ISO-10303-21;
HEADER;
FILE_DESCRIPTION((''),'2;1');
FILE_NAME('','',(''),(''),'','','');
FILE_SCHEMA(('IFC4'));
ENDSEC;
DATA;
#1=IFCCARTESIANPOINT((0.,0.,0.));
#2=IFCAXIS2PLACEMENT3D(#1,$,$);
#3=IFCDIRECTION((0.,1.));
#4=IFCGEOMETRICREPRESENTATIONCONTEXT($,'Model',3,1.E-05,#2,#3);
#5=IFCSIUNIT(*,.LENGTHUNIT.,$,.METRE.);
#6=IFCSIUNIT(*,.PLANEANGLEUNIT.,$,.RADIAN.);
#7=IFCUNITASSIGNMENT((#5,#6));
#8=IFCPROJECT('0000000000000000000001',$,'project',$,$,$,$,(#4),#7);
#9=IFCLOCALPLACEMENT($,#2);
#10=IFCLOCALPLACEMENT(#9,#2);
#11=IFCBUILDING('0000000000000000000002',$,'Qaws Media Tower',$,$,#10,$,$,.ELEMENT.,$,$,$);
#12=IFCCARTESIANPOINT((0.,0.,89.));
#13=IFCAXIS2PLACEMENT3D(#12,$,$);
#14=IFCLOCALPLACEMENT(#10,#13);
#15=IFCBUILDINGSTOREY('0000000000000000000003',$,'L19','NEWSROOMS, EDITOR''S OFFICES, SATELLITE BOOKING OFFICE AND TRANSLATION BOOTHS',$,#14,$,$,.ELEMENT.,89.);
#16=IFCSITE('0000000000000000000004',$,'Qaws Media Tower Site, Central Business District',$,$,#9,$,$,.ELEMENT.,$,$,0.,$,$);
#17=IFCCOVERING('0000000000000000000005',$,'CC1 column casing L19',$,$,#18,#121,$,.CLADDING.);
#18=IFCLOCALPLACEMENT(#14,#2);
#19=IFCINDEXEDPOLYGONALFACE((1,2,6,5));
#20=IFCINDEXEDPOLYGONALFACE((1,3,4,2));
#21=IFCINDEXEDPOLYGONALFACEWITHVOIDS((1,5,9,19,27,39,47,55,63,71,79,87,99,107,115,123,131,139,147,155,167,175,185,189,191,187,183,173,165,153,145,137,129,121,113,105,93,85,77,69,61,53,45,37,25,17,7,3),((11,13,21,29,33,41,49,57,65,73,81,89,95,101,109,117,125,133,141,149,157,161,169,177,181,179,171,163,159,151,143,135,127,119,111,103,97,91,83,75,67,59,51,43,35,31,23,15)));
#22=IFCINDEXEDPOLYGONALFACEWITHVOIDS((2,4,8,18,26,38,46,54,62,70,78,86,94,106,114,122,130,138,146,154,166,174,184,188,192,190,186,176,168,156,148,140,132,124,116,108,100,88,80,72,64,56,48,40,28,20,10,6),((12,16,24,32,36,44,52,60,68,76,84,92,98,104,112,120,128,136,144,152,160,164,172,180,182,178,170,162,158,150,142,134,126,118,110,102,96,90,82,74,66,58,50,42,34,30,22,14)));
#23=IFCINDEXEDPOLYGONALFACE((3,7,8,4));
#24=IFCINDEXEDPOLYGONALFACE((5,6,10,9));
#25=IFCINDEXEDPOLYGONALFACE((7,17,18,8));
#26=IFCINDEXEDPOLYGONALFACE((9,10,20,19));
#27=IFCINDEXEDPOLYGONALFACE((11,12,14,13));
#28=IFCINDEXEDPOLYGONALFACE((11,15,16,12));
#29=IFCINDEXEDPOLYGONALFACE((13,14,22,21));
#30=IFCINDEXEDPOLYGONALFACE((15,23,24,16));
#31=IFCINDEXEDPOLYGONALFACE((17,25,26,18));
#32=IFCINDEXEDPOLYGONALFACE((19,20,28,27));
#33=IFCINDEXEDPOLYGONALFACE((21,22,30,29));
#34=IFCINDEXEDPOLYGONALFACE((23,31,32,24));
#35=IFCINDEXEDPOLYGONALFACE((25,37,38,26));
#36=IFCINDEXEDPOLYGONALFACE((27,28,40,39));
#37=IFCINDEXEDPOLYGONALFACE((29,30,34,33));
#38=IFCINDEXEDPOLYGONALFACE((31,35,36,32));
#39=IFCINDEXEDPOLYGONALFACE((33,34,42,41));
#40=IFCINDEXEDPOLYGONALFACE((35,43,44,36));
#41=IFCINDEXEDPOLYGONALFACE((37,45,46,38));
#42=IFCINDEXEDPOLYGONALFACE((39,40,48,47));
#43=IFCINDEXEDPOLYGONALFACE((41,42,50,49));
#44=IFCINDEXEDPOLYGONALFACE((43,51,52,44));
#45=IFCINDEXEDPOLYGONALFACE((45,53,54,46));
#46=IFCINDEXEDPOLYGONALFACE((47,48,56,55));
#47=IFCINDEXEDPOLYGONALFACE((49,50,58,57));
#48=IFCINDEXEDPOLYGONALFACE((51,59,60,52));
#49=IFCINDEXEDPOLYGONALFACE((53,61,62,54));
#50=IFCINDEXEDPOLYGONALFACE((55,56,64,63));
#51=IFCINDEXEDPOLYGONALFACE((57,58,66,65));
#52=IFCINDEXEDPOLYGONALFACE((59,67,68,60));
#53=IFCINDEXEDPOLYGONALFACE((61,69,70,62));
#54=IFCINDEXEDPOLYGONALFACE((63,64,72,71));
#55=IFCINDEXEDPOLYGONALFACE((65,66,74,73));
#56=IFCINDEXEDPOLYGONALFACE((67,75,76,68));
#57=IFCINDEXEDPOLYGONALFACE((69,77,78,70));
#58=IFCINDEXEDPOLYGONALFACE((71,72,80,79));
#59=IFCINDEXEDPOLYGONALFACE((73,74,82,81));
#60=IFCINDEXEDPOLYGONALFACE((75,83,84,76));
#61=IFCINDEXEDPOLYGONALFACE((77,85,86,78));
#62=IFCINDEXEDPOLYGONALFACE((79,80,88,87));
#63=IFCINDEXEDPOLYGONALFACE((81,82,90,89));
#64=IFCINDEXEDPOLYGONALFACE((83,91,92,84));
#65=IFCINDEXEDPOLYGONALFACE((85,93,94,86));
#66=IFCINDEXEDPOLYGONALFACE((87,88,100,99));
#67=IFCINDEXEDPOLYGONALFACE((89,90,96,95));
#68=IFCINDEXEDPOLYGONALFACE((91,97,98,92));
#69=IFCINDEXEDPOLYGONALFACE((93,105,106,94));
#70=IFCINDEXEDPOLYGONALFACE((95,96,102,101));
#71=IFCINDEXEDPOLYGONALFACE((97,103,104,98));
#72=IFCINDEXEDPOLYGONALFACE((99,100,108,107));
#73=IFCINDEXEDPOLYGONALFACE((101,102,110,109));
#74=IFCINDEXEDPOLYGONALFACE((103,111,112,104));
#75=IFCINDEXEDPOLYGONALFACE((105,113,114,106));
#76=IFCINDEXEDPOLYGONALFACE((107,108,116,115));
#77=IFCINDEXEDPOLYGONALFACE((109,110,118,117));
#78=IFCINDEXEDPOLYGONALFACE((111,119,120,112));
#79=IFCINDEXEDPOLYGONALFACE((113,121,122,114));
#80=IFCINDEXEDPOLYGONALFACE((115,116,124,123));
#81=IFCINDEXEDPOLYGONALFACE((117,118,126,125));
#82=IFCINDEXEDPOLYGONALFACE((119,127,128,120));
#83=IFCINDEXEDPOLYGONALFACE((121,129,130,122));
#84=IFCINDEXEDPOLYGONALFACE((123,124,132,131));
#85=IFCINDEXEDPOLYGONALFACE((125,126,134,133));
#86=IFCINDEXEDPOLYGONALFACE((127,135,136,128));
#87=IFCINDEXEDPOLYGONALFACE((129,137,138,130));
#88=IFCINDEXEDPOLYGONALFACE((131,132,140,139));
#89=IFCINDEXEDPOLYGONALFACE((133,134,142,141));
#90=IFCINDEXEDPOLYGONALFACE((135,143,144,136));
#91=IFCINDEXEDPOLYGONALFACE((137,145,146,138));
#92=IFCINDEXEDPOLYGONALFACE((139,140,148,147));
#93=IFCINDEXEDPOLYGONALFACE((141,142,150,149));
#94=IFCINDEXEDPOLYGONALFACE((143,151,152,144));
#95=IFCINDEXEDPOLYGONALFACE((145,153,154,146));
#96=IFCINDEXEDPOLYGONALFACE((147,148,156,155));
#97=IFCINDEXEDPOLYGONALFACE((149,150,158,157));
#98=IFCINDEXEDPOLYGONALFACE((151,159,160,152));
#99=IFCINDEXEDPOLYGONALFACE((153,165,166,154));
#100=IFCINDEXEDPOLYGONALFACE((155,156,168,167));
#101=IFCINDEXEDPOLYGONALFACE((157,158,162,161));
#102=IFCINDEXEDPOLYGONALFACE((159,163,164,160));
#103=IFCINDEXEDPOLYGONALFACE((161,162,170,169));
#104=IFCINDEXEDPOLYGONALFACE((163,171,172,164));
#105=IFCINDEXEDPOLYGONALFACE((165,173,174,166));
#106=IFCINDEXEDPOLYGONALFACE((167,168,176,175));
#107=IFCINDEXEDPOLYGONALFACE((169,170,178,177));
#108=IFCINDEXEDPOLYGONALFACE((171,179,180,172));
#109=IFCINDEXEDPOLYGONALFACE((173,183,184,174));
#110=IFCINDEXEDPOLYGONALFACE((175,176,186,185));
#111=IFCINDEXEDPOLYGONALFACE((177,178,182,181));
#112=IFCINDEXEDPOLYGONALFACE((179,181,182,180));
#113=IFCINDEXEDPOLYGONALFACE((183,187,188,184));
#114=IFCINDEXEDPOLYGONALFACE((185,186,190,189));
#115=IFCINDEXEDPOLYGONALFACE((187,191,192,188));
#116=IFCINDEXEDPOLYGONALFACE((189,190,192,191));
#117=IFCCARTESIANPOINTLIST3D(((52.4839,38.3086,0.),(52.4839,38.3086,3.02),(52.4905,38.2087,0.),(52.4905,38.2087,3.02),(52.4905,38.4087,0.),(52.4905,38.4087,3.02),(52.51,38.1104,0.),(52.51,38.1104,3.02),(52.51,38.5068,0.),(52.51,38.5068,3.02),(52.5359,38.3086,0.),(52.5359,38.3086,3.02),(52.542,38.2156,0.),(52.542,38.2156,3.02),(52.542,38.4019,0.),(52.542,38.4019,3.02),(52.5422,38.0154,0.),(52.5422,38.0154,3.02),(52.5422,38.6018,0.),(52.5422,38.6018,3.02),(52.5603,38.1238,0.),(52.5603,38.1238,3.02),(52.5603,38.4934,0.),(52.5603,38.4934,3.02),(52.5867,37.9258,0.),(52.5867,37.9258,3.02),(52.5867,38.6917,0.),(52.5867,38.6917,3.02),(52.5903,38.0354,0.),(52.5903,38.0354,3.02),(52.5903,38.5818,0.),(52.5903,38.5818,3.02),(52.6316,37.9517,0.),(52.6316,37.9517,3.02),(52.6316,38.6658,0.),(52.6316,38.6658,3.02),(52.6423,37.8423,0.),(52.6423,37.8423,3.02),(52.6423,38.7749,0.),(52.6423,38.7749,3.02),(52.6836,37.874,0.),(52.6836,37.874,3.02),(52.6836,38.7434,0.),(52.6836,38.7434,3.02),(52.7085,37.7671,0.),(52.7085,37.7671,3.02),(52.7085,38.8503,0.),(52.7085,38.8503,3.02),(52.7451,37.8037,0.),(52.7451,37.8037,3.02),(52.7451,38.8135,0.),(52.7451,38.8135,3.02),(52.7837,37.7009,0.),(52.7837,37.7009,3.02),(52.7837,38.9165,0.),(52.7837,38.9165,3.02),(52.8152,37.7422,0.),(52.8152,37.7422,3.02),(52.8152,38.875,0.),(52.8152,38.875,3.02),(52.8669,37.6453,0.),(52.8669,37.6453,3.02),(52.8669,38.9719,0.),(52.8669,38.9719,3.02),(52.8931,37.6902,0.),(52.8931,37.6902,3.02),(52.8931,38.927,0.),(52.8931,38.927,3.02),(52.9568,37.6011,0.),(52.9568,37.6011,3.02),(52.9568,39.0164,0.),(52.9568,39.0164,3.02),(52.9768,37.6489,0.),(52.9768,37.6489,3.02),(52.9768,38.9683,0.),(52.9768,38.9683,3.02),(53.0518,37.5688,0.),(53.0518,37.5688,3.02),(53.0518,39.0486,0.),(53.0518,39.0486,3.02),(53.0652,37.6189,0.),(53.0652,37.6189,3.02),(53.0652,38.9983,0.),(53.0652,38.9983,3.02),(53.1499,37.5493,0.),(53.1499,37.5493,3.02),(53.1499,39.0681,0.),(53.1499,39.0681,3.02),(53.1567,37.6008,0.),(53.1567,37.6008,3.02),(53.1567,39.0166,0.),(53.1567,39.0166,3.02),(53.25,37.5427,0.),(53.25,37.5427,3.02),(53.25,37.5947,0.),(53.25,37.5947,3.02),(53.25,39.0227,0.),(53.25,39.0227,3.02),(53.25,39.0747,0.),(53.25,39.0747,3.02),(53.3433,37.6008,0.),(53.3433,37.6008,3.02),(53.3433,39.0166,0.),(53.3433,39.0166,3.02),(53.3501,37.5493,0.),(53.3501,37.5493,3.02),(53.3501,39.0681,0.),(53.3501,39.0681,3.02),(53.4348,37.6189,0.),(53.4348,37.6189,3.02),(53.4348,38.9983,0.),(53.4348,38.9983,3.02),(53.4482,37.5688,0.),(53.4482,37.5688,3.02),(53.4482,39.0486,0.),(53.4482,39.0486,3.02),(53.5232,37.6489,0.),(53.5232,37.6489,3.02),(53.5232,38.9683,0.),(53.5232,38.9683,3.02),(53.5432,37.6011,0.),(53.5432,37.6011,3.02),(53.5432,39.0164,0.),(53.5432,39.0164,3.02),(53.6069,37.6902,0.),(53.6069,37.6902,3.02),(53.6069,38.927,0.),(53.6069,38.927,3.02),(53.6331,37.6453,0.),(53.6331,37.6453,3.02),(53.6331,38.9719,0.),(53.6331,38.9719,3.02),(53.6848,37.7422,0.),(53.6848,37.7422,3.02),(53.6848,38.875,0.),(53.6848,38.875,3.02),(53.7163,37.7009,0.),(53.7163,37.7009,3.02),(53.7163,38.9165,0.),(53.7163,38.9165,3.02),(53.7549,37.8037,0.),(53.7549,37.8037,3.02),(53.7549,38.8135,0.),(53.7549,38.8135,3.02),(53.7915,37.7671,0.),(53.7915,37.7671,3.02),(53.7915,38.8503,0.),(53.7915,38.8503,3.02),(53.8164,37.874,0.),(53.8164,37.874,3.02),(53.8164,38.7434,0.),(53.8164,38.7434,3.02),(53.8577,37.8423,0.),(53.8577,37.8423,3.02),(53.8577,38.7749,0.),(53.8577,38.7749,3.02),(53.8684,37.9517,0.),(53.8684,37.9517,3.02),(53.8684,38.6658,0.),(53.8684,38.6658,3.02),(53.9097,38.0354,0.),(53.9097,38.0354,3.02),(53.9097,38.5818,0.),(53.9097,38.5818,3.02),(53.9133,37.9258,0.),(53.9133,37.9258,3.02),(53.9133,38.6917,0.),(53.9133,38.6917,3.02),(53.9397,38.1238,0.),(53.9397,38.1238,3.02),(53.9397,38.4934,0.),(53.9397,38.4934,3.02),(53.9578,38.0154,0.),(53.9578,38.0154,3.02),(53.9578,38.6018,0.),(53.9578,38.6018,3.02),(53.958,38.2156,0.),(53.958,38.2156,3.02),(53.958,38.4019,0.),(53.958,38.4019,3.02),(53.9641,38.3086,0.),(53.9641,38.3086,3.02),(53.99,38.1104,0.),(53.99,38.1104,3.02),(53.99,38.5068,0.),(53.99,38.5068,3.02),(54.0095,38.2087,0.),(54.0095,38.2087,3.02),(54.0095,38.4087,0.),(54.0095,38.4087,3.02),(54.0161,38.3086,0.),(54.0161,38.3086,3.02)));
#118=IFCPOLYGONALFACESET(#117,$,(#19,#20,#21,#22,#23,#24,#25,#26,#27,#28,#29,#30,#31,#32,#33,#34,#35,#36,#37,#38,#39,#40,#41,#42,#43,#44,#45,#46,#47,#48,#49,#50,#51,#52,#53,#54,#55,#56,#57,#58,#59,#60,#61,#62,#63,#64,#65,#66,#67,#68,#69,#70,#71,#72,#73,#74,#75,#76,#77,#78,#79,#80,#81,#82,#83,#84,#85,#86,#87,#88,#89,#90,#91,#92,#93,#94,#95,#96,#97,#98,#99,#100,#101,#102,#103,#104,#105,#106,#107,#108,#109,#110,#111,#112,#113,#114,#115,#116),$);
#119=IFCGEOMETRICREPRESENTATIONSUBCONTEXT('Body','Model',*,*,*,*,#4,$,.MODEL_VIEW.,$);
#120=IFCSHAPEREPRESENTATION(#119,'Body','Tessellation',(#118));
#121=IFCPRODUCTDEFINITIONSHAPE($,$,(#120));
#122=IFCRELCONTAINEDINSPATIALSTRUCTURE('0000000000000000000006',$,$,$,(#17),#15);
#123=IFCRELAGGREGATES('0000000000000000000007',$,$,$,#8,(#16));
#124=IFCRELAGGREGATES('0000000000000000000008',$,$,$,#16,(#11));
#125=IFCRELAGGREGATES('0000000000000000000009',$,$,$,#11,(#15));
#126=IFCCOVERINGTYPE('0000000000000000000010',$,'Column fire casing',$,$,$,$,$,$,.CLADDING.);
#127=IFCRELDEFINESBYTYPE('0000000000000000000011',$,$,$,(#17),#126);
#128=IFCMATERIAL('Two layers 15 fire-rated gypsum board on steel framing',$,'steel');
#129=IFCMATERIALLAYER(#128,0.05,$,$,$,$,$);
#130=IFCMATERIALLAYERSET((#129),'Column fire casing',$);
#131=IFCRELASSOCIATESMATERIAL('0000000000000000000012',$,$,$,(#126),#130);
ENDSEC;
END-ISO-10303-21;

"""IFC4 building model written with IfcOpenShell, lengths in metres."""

from ifc_helpers import new_model, si_unit, direction, frame, origin, place, context, subcontext, project, spatial, polyline, outline, extrude, material, layer, layer_set, type_object, element, save


model = new_model("IFC4")

# Units and contexts
model_context = context("Model", 3, precision=1e-05, world=origin(), true_north=direction((0.0, 1.0)))
body_context = subcontext(model_context, "Body", "Model", "MODEL_VIEW")
ifc_project = project(units=[si_unit("LENGTHUNIT", "METRE"), si_unit("PLANEANGLEUNIT", "RADIAN")], contexts=[model_context])

# Site, building, storey
site_placement = place(None, origin())
site = spatial("IfcSite", under=ifc_project, at=site_placement, Name="Qaws Media Tower Site, Central Business District", CompositionType="ELEMENT", RefElevation=0.0)
building_placement = place(site_placement, origin())
building = spatial("IfcBuilding", under=site, at=building_placement, Name="Qaws Media Tower", CompositionType="ELEMENT")
storey_placement = place(building_placement, frame((0.0, 0.0, 89.0)))
storey = spatial("IfcBuildingStorey", under=building, at=storey_placement, Name="L19", Description="NEWSROOMS, EDITOR'S OFFICES, SATELLITE BOOKING OFFICE AND TRANSLATION BOOTHS", CompositionType="ELEMENT", Elevation=89.0)

# Covering
ifc_material_1 = material(Name="Two layers 15 fire-rated gypsum board on steel framing", Category="steel")
ifc_layer_1 = layer(ifc_material_1, 0.05)
ifc_layer_set_1 = layer_set([ifc_layer_1], Name="Column fire casing")
covering_type = type_object("IfcCoveringType", Name="Column fire casing", PredefinedType="CLADDING", material=ifc_layer_set_1)
covering_1_placement = place(storey_placement, origin())
element("IfcCovering", 1, at=covering_1_placement, inside=storey, type_object=covering_type, Name="CC1 column casing L19", PredefinedType="CLADDING", context=body_context, shape_type="SweptSolid", body=[
    extrude(outline(polyline([(54.0161, 38.3086), (54.0095, 38.2087), (53.99, 38.1104), (53.9578, 38.0154), (53.9133, 37.9258), (53.8577, 37.8423), (53.7915, 37.7671), (53.7163, 37.7009), (53.6331, 37.6453), (53.5432, 37.6011), (53.4482, 37.5688), (53.3501, 37.5493), (53.25, 37.5427), (53.1499, 37.5493), (53.0518, 37.5688), (52.9568, 37.6011), (52.8669, 37.6453), (52.7837, 37.7009), (52.7085, 37.7671), (52.6423, 37.8423), (52.5867, 37.9258), (52.5422, 38.0154), (52.51, 38.1104), (52.4905, 38.2087), (52.4839, 38.3086), (52.4905, 38.4087), (52.51, 38.5068), (52.5422, 38.6018), (52.5867, 38.6917), (52.6423, 38.7749), (52.7085, 38.8503), (52.7837, 38.9165), (52.8669, 38.9719), (52.9568, 39.0164), (53.0518, 39.0486), (53.1499, 39.0681), (53.25, 39.0747), (53.3501, 39.0681), (53.4482, 39.0486), (53.5432, 39.0164), (53.6331, 38.9719), (53.7163, 38.9165), (53.7915, 38.8503), (53.8577, 38.7749), (53.9133, 38.6917), (53.9578, 38.6018), (53.99, 38.5068), (54.0095, 38.4087), (54.0161, 38.3086)]), holes=[polyline([(53.9641, 38.3086), (53.958, 38.2156), (53.9397, 38.1238), (53.9097, 38.0354), (53.8684, 37.9517), (53.8164, 37.874), (53.7549, 37.8037), (53.6848, 37.7422), (53.6069, 37.6902), (53.5232, 37.6489), (53.4348, 37.6189), (53.3433, 37.6008), (53.25, 37.5947), (53.1567, 37.6008), (53.0652, 37.6189), (52.9768, 37.6489), (52.8931, 37.6902), (52.8152, 37.7422), (52.7451, 37.8037), (52.6836, 37.874), (52.6316, 37.9517), (52.5903, 38.0354), (52.5603, 38.1238), (52.542, 38.2156), (52.5359, 38.3086), (52.542, 38.4019), (52.5603, 38.4934), (52.5903, 38.5818), (52.6316, 38.6658), (52.6836, 38.7434), (52.7451, 38.8135), (52.8152, 38.875), (52.8931, 38.927), (52.9768, 38.9683), (53.0652, 38.9983), (53.1567, 39.0166), (53.25, 39.0227), (53.3433, 39.0166), (53.4348, 38.9983), (53.5232, 38.9683), (53.6069, 38.927), (53.6848, 38.875), (53.7549, 38.8135), (53.8164, 38.7434), (53.8684, 38.6658), (53.9097, 38.5818), (53.9397, 38.4934), (53.958, 38.4019), (53.9641, 38.3086)])]), origin(), (0.0, 0.0, 1.0), 3.02),
])

save(model, "model.ifc")
